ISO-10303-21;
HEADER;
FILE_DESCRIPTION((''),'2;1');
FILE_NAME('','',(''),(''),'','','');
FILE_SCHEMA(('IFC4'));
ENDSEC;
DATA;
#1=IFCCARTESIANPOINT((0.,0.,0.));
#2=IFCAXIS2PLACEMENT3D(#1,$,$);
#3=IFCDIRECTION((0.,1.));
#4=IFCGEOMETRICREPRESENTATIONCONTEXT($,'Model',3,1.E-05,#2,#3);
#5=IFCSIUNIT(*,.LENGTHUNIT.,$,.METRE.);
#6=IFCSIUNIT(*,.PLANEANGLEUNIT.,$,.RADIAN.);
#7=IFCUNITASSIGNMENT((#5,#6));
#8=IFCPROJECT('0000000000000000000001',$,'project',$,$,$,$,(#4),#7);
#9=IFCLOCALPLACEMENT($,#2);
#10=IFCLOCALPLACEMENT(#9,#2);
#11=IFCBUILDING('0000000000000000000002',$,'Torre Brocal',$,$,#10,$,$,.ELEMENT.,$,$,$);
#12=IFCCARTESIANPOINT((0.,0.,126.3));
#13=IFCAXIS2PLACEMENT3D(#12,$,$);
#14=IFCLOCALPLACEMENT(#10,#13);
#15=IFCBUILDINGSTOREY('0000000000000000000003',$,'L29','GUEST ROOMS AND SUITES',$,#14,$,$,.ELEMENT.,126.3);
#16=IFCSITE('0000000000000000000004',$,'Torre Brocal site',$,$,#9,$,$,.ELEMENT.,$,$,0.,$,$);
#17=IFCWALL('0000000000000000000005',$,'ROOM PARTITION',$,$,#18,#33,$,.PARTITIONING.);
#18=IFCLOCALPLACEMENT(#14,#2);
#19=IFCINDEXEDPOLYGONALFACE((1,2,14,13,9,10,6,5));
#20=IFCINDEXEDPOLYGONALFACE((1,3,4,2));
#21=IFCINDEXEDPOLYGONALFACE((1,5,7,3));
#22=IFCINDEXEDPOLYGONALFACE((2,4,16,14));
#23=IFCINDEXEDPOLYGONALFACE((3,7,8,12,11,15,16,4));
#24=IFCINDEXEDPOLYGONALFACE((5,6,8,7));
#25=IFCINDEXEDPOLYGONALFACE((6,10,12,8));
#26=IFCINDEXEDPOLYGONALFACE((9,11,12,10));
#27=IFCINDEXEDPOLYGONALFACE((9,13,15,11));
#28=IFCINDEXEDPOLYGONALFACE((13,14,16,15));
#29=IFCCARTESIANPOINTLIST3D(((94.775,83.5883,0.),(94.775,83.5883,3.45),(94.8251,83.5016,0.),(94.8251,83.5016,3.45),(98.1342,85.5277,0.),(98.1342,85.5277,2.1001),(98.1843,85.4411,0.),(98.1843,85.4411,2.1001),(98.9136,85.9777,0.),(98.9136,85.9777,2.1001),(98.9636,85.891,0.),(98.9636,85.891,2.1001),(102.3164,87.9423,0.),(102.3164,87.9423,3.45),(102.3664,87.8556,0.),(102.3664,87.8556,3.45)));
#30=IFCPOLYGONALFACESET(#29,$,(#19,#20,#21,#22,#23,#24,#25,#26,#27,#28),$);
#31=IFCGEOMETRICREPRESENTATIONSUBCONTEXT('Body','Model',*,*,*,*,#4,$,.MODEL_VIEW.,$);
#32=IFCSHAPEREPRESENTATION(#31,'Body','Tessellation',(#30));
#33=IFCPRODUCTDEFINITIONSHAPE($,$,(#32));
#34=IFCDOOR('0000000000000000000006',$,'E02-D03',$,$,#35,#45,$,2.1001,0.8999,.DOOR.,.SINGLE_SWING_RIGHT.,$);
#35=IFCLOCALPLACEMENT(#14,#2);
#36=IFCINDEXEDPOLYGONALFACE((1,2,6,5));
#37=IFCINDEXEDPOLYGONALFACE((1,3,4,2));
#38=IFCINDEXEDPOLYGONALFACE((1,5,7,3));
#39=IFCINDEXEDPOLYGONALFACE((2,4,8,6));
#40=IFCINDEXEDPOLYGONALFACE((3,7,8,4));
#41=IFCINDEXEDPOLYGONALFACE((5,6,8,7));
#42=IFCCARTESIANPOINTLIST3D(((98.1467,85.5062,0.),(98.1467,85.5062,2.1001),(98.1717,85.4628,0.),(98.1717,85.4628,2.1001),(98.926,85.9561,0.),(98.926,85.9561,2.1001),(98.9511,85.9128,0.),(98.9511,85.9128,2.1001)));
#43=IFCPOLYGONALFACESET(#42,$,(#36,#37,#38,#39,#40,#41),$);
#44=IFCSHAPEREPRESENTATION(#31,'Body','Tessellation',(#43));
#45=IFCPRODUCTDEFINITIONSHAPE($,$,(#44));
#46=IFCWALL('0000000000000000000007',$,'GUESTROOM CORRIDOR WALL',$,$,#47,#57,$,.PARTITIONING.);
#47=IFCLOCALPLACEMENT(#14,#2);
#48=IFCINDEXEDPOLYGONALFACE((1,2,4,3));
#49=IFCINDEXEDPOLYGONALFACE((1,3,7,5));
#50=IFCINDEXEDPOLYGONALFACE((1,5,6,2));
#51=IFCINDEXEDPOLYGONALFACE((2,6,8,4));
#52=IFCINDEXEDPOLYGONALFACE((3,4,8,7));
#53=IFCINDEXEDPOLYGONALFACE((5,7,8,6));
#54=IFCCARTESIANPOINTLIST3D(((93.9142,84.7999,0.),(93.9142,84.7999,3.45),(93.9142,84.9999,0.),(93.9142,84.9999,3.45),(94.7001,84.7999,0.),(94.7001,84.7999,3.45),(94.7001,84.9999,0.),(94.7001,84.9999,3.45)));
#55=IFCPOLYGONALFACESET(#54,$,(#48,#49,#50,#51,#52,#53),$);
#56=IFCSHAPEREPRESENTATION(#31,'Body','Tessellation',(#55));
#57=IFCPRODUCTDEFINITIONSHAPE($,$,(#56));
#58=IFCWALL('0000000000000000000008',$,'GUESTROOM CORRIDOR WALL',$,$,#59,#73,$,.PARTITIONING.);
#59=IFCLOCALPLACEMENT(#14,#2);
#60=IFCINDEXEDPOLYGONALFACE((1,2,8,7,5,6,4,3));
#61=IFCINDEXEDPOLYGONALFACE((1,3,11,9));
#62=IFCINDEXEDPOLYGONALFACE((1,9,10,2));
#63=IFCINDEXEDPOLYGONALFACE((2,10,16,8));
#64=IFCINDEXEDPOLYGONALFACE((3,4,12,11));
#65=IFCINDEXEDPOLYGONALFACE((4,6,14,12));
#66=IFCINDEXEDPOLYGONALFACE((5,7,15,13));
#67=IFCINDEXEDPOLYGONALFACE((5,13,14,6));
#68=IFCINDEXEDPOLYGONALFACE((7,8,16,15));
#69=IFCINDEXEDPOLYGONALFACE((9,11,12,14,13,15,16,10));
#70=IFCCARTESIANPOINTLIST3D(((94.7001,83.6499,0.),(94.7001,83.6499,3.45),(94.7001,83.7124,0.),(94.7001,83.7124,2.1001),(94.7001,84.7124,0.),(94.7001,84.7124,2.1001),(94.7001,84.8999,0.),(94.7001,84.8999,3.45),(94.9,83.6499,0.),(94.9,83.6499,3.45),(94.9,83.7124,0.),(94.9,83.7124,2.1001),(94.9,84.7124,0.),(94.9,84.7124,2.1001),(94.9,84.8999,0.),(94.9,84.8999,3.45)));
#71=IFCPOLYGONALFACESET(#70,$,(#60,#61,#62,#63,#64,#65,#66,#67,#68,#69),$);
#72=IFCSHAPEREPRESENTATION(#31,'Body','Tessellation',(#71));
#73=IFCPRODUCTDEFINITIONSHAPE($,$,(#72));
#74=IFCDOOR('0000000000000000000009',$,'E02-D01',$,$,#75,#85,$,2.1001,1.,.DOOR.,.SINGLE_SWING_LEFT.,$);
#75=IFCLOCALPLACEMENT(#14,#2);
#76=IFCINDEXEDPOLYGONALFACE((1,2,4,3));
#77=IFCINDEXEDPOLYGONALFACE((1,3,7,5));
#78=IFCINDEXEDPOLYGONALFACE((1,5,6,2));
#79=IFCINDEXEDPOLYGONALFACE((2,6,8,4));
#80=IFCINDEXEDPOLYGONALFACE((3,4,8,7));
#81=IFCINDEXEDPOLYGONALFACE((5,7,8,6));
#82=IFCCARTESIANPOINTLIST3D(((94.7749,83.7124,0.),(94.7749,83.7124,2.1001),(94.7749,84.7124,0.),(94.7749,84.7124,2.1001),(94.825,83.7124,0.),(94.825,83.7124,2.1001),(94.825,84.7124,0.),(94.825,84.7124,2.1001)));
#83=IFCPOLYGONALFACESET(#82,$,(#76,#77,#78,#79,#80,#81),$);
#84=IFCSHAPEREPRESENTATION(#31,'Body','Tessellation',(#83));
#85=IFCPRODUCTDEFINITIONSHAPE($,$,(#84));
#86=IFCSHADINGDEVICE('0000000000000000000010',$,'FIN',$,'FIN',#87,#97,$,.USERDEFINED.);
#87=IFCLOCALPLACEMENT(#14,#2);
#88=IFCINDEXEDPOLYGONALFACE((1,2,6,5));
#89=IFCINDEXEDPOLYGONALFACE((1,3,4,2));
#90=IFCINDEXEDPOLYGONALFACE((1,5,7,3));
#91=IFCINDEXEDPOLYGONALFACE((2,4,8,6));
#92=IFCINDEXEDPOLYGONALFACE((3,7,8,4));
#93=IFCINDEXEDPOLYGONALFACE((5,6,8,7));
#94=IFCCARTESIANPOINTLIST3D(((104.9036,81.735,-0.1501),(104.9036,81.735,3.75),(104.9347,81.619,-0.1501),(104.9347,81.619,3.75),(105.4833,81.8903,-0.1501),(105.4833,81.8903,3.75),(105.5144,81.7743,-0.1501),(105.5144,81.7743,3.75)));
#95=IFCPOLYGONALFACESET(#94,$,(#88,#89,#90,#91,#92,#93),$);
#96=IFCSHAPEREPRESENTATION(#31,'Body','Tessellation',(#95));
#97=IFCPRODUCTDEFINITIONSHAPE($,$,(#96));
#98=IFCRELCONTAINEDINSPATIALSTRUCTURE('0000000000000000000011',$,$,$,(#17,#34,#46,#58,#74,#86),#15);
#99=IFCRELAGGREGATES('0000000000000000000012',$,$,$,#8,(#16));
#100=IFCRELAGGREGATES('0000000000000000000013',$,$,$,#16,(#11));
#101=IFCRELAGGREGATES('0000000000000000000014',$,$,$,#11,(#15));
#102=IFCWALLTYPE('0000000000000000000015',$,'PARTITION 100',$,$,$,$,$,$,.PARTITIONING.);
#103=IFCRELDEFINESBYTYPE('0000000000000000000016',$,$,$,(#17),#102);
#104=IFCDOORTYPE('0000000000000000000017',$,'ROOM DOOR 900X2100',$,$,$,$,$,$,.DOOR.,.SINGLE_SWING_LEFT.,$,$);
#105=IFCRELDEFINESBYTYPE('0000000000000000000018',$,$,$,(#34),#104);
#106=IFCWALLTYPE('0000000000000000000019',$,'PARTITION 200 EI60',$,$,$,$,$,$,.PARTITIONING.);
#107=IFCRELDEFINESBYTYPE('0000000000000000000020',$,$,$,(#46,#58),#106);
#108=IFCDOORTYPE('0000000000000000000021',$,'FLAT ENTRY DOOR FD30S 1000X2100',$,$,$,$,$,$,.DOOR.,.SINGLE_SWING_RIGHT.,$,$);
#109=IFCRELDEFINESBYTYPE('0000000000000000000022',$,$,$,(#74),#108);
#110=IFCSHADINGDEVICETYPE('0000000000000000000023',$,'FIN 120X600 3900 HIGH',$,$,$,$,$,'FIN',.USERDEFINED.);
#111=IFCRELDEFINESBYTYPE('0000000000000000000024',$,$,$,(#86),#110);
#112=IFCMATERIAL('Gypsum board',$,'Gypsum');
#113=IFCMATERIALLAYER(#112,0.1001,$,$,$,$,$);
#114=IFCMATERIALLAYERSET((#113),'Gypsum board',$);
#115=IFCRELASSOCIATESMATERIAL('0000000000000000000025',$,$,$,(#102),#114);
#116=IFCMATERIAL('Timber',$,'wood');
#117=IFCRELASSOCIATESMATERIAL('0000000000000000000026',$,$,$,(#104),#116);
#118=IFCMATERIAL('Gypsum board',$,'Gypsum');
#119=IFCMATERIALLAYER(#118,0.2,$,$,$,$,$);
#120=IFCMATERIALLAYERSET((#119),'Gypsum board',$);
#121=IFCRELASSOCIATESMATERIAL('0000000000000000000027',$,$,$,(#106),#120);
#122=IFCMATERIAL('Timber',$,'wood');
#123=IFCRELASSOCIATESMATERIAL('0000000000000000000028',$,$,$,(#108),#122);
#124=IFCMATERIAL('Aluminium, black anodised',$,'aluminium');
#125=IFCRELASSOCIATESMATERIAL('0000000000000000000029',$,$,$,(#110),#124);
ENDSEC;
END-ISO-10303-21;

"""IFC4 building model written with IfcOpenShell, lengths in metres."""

from ifc_helpers import new_model, si_unit, direction, frame, frame_2d, origin, origin_2d, place, context, subcontext, project, spatial, rectangle, extrude, material, layer, layer_set, material_profile, profile_set, type_object, element, fill, save


model = new_model("IFC4")

# Units and contexts
model_context = context("Model", 3, precision=1e-05, world=origin(), true_north=direction((0.0, 1.0)))
body_context = subcontext(model_context, "Body", "Model", "MODEL_VIEW")
ifc_project = project(units=[si_unit("LENGTHUNIT", "METRE"), si_unit("PLANEANGLEUNIT", "RADIAN")], contexts=[model_context])

# Site, building, storey
site_placement = place(None, origin())
site = spatial("IfcSite", under=ifc_project, at=site_placement, Name="Torre Brocal site", CompositionType="ELEMENT", RefElevation=0.0)
building_placement = place(site_placement, origin())
building = spatial("IfcBuilding", under=site, at=building_placement, Name="Torre Brocal", CompositionType="ELEMENT")
storey_placement = place(building_placement, frame((0.0, 0.0, 126.3)))
storey = spatial("IfcBuildingStorey", under=building, at=storey_placement, Name="L29", Description="GUEST ROOMS AND SUITES", CompositionType="ELEMENT", Elevation=126.3)

# Shared definitions
ifc_material_1 = material(Name="Gypsum board", Category="Gypsum")
ifc_layer_1 = layer(ifc_material_1, 0.1001)
ifc_layer_set_1 = layer_set([ifc_layer_1], Name="Gypsum board")
wall_type_1 = type_object("IfcWallType", Name="PARTITION 100", PredefinedType="PARTITIONING", material=ifc_layer_set_1)

# Wall, opening, door
wall_1_placement = place(storey_placement, frame((94.8, 83.5449, 0.0), z_axis=(0.0, 0.0, 1.0), x_axis=(0.866023, 0.500005, 0.0)))
wall_1 = element("IfcWall", 1, at=wall_1_placement, inside=storey, type_object=wall_type_1, Name="ROOM PARTITION", PredefinedType="PARTITIONING", context=body_context, shape_type="SweptSolid", body=[
    extrude(rectangle(XDim=8.708, YDim=0.1001, at=frame_2d((4.354, 0.0))), origin(), (0.0, 0.0, 1.0), 3.45),
])
opening_1_placement = place(wall_1_placement, frame((3.8789, 0.0, 0.0)))
opening_1 = element("IfcOpeningElement", 2, at=opening_1_placement, cuts=wall_1, PredefinedType="OPENING", context=body_context, shape_type="SweptSolid", body=[
    extrude(rectangle(XDim=0.8999, YDim=2.1001, at=frame_2d((0.45, 1.05))), frame((0.0, 0.0601, 0.0), z_axis=(0.0, -1.0, 0.0), x_axis=(1.0, 0.0, 0.0)), (0.0, 0.0, 1.0), 0.1201),
])
ifc_material_2 = material(Name="Timber", Category="wood")
door_type_1 = type_object("IfcDoorType", Name="ROOM DOOR 900X2100", OperationType="SINGLE_SWING_LEFT", PredefinedType="DOOR", material=ifc_material_2)
door_1_placement = place(opening_1_placement, frame((0.8999, 0.0, 0.0), z_axis=(0.0, 0.0, 1.0), x_axis=(-1.0, 0.0, 0.0)))
door_1 = element("IfcDoor", 3, at=door_1_placement, inside=storey, type_object=door_type_1, Name="E02-D03", OperationType="SINGLE_SWING_RIGHT", OverallHeight=2.1001, OverallWidth=0.8999, PredefinedType="DOOR", context=body_context, shape_type="SweptSolid", body=[
    extrude(rectangle(XDim=0.8999, YDim=2.1001, at=frame_2d((0.45, 1.05))), frame((0.0, 0.0249, 0.0), z_axis=(0.0, -1.0, 0.0), x_axis=(1.0, 0.0, 0.0)), (0.0, 0.0, 1.0), 0.05),
])
fill(opening_1, door_1)

# Wall
ifc_material_3 = material(Name="Gypsum board", Category="Gypsum")
ifc_layer_2 = layer(ifc_material_3, 0.2)
ifc_layer_set_2 = layer_set([ifc_layer_2], Name="Gypsum board")
wall_type_2 = type_object("IfcWallType", Name="PARTITION 200 EI60", PredefinedType="PARTITIONING", material=ifc_layer_set_2)
wall_2_placement = place(storey_placement, frame((93.9141, 84.8999, 0.0), z_axis=(0.0, 0.0, 1.0), x_axis=(1.0, 0.0, 0.0)))
element("IfcWall", 4, at=wall_2_placement, inside=storey, type_object=wall_type_2, Name="GUESTROOM CORRIDOR WALL", PredefinedType="PARTITIONING", context=body_context, shape_type="SweptSolid", body=[
    extrude(rectangle(XDim=0.7859, YDim=0.2, at=frame_2d((0.3931, 0.0))), origin(), (0.0, 0.0, 1.0), 3.45),
])

# Wall, opening, door
wall_3_placement = place(storey_placement, frame((94.8, 83.6499, 0.0), z_axis=(0.0, 0.0, 1.0), x_axis=(0.0, 1.0, 0.0)))
wall_3 = element("IfcWall", 5, at=wall_3_placement, inside=storey, type_object=wall_type_2, Name="GUESTROOM CORRIDOR WALL", PredefinedType="PARTITIONING", context=body_context, shape_type="SweptSolid", body=[
    extrude(rectangle(XDim=1.25, YDim=0.2, at=frame_2d((0.625, 0.0))), origin(), (0.0, 0.0, 1.0), 3.45),
])
opening_2_placement = place(wall_3_placement, frame((0.0625, 0.0, 0.0)))
opening_2 = element("IfcOpeningElement", 6, at=opening_2_placement, cuts=wall_3, PredefinedType="OPENING", context=body_context, shape_type="SweptSolid", body=[
    extrude(rectangle(XDim=1.0, YDim=2.1001, at=frame_2d((0.5, 1.05))), frame((0.0, 0.1099, 0.0), z_axis=(0.0, -1.0, 0.0), x_axis=(1.0, 0.0, 0.0)), (0.0, 0.0, 1.0), 0.22),
])
ifc_material_4 = material(Name="Timber", Category="wood")
door_type_2 = type_object("IfcDoorType", Name="FLAT ENTRY DOOR FD30S 1000X2100", OperationType="SINGLE_SWING_RIGHT", PredefinedType="DOOR", material=ifc_material_4)
door_2_placement = place(opening_2_placement, frame((1.0, 0.0, 0.0), z_axis=(0.0, 0.0, 1.0), x_axis=(-1.0, 0.0, 0.0)))
door_2 = element("IfcDoor", 7, at=door_2_placement, inside=storey, type_object=door_type_2, Name="E02-D01", OperationType="SINGLE_SWING_LEFT", OverallHeight=2.1001, OverallWidth=1.0, PredefinedType="DOOR", context=body_context, shape_type="SweptSolid", body=[
    extrude(rectangle(XDim=1.0, YDim=2.1001, at=frame_2d((0.5, 1.05))), frame((0.0, 0.0249, 0.0), z_axis=(0.0, -1.0, 0.0), x_axis=(1.0, 0.0, 0.0)), (0.0, 0.0, 1.0), 0.05),
])
fill(opening_2, door_2)

# Shading device
ifc_material_5 = material(Name="Aluminium, black anodised", Category="aluminium")
ifc_material_profile_1 = material_profile(ifc_material_5, rectangle(XDim=0.1201, YDim=0.6001, at=origin_2d()), Name="FIN 120X600 3900 HIGH")
ifc_profile_set_1 = profile_set([ifc_material_profile_1], Name="Aluminium, black anodised")
shading_device_type = type_object("IfcShadingDeviceType", Name="FIN 120X600 3900 HIGH", ElementType="FIN", PredefinedType="USERDEFINED", material=ifc_profile_set_1)
shading_device_placement = place(storey_placement, frame((105.209, 81.7546, -0.1501), z_axis=(0.0, 0.0, 1.0), x_axis=(-0.258819, 0.965926, 0.0)))
element("IfcShadingDevice", 8, at=shading_device_placement, inside=storey, type_object=shading_device_type, Name="FIN", ObjectType="FIN", PredefinedType="USERDEFINED", context=body_context, shape_type="SweptSolid", body=[
    extrude(rectangle(XDim=0.1201, YDim=0.6001, at=origin_2d()), origin(), (0.0, 0.0, 1.0), 3.9001),
])

save(model, "model.ifc")
